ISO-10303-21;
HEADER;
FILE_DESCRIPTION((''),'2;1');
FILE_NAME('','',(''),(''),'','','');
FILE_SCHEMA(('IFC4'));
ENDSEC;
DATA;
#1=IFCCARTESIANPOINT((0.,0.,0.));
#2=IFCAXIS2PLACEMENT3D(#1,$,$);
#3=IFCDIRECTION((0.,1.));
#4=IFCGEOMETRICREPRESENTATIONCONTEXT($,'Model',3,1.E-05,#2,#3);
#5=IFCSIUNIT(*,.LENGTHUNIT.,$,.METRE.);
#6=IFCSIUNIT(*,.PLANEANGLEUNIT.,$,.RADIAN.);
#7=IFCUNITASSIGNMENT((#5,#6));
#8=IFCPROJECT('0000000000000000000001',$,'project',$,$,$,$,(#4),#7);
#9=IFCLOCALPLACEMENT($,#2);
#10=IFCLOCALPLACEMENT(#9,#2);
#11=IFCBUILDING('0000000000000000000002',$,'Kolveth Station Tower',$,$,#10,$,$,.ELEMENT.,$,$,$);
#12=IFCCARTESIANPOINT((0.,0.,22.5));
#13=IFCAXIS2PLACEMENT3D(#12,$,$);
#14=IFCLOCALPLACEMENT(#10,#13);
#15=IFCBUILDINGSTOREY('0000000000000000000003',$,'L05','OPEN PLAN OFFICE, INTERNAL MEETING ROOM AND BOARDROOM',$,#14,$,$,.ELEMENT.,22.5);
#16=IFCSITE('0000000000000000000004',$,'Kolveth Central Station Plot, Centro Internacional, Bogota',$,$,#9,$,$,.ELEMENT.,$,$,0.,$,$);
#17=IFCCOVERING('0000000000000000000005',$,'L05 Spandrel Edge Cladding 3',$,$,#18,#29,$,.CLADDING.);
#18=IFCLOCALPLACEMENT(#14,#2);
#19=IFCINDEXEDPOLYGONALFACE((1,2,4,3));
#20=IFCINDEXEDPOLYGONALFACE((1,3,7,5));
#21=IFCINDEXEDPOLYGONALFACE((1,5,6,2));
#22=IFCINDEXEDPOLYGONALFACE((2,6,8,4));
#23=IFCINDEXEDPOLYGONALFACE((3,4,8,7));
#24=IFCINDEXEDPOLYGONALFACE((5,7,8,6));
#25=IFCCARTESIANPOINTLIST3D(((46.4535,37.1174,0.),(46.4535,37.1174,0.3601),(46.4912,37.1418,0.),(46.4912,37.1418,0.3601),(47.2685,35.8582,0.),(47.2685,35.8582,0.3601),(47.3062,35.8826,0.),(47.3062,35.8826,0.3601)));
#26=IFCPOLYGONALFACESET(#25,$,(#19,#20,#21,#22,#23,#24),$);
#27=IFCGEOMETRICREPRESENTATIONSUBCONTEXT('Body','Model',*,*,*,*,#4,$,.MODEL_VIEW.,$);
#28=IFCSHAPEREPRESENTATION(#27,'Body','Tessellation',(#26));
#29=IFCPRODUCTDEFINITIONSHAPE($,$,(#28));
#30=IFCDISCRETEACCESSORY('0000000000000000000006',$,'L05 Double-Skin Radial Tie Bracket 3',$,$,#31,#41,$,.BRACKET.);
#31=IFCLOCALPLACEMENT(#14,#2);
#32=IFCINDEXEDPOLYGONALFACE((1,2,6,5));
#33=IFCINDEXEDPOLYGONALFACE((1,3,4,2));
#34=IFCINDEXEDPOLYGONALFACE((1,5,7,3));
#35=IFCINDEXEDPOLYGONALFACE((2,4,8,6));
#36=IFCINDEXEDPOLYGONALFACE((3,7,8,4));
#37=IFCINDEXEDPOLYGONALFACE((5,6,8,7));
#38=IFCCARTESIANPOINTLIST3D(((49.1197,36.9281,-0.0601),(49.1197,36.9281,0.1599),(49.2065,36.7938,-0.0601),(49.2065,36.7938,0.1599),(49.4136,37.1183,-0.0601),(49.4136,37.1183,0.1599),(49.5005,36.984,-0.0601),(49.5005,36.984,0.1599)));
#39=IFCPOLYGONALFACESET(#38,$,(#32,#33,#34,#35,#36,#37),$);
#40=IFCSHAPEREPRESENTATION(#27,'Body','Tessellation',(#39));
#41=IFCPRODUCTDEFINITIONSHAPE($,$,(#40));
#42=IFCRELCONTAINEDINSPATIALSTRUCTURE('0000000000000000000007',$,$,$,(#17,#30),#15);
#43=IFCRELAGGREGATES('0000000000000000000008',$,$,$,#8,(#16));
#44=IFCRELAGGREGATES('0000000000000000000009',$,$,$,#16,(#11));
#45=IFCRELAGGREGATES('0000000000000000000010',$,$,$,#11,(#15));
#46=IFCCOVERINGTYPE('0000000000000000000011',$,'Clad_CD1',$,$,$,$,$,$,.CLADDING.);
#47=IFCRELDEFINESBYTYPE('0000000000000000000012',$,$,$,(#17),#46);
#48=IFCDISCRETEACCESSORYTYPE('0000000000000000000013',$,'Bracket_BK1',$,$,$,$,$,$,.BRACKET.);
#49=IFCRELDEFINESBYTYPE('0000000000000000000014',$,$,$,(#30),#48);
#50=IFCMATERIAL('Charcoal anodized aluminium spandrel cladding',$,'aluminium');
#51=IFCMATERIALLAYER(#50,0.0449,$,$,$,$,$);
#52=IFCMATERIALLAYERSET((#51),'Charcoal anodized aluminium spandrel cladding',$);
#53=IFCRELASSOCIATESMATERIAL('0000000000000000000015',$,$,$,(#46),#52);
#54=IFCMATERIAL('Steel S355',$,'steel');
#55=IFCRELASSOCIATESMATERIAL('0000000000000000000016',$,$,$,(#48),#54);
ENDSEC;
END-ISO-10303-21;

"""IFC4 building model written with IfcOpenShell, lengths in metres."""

from ifc_helpers import new_model, si_unit, direction, frame, origin, origin_2d, place, context, subcontext, project, spatial, rectangle, extrude, source, transform, mapped, material, layer, layer_set, type_object, element, save


model = new_model("IFC4")

# Units and contexts
model_context = context("Model", 3, precision=1e-05, world=origin(), true_north=direction((0.0, 1.0)))
body_context = subcontext(model_context, "Body", "Model", "MODEL_VIEW")
ifc_project = project(units=[si_unit("LENGTHUNIT", "METRE"), si_unit("PLANEANGLEUNIT", "RADIAN")], contexts=[model_context])

# Site, building, storey
site_placement = place(None, origin())
site = spatial("IfcSite", under=ifc_project, at=site_placement, Name="Kolveth Central Station Plot, Centro Internacional, Bogota", CompositionType="ELEMENT", RefElevation=0.0)
building_placement = place(site_placement, origin())
building = spatial("IfcBuilding", under=site, at=building_placement, Name="Kolveth Station Tower", CompositionType="ELEMENT")
storey_placement = place(building_placement, frame((0.0, 0.0, 22.5)))
storey = spatial("IfcBuildingStorey", under=building, at=storey_placement, Name="L05", Description="OPEN PLAN OFFICE, INTERNAL MEETING ROOM AND BOARDROOM", CompositionType="ELEMENT", Elevation=22.5)

# Shared definitions
ifc_material_1 = material(Name="Steel S355", Category="steel")

# Covering
ifc_material_2 = material(Name="Charcoal anodized aluminium spandrel cladding", Category="aluminium")
ifc_layer_1 = layer(ifc_material_2, 0.0449)
ifc_layer_set_1 = layer_set([ifc_layer_1], Name="Charcoal anodized aluminium spandrel cladding")
covering_type = type_object("IfcCoveringType", Name="Clad_CD1", PredefinedType="CLADDING", material=ifc_layer_set_1)
shared_shape_1 = source(origin(), body_context, "Body", "SweptSolid", [
    extrude(rectangle(XDim=1.5, YDim=0.0449, at=origin_2d()), origin(), (0.0, 0.0, 1.0), 0.3601),
])
covering_placement = place(storey_placement, frame((46.8799, 36.5, 0.0), z_axis=(0.0, 0.0, 1.0), x_axis=(-0.543321, 0.839525, 0.0)))
element("IfcCovering", 1, at=covering_placement, inside=storey, type_object=covering_type, Name="L05 Spandrel Edge Cladding 3", PredefinedType="CLADDING", context=body_context, shape_type="MappedRepresentation", body=[
    mapped(shared_shape_1, transform((0.0, 0.0, 0.0), x_axis=(1.0, 0.0, 0.0), y_axis=(0.0, 1.0, 0.0), z_axis=(0.0, 0.0, 1.0), scale=1.0)),
])

# Discrete accessory
discrete_accessory_type = type_object("IfcDiscreteAccessoryType", Name="Bracket_BK1", PredefinedType="BRACKET", material=ifc_material_1)
shared_shape_2 = source(origin(), body_context, "Body", "SweptSolid", [
    extrude(rectangle(XDim=0.3501, YDim=0.1599, at=origin_2d()), origin(), (0.0, 0.0, 1.0), 0.22),
])
discrete_accessory_placement = place(storey_placement, frame((49.3101, 36.9561, -0.0601), z_axis=(0.0, 0.0, 1.0), x_axis=(0.839525, 0.543321, 0.0)))
element("IfcDiscreteAccessory", 2, at=discrete_accessory_placement, inside=storey, type_object=discrete_accessory_type, Name="L05 Double-Skin Radial Tie Bracket 3", PredefinedType="BRACKET", context=body_context, shape_type="MappedRepresentation", body=[
    mapped(shared_shape_2, transform((0.0, 0.0, 0.0), x_axis=(1.0, 0.0, 0.0), y_axis=(0.0, 1.0, 0.0), z_axis=(0.0, 0.0, 1.0), scale=1.0)),
])

save(model, "model.ifc")
